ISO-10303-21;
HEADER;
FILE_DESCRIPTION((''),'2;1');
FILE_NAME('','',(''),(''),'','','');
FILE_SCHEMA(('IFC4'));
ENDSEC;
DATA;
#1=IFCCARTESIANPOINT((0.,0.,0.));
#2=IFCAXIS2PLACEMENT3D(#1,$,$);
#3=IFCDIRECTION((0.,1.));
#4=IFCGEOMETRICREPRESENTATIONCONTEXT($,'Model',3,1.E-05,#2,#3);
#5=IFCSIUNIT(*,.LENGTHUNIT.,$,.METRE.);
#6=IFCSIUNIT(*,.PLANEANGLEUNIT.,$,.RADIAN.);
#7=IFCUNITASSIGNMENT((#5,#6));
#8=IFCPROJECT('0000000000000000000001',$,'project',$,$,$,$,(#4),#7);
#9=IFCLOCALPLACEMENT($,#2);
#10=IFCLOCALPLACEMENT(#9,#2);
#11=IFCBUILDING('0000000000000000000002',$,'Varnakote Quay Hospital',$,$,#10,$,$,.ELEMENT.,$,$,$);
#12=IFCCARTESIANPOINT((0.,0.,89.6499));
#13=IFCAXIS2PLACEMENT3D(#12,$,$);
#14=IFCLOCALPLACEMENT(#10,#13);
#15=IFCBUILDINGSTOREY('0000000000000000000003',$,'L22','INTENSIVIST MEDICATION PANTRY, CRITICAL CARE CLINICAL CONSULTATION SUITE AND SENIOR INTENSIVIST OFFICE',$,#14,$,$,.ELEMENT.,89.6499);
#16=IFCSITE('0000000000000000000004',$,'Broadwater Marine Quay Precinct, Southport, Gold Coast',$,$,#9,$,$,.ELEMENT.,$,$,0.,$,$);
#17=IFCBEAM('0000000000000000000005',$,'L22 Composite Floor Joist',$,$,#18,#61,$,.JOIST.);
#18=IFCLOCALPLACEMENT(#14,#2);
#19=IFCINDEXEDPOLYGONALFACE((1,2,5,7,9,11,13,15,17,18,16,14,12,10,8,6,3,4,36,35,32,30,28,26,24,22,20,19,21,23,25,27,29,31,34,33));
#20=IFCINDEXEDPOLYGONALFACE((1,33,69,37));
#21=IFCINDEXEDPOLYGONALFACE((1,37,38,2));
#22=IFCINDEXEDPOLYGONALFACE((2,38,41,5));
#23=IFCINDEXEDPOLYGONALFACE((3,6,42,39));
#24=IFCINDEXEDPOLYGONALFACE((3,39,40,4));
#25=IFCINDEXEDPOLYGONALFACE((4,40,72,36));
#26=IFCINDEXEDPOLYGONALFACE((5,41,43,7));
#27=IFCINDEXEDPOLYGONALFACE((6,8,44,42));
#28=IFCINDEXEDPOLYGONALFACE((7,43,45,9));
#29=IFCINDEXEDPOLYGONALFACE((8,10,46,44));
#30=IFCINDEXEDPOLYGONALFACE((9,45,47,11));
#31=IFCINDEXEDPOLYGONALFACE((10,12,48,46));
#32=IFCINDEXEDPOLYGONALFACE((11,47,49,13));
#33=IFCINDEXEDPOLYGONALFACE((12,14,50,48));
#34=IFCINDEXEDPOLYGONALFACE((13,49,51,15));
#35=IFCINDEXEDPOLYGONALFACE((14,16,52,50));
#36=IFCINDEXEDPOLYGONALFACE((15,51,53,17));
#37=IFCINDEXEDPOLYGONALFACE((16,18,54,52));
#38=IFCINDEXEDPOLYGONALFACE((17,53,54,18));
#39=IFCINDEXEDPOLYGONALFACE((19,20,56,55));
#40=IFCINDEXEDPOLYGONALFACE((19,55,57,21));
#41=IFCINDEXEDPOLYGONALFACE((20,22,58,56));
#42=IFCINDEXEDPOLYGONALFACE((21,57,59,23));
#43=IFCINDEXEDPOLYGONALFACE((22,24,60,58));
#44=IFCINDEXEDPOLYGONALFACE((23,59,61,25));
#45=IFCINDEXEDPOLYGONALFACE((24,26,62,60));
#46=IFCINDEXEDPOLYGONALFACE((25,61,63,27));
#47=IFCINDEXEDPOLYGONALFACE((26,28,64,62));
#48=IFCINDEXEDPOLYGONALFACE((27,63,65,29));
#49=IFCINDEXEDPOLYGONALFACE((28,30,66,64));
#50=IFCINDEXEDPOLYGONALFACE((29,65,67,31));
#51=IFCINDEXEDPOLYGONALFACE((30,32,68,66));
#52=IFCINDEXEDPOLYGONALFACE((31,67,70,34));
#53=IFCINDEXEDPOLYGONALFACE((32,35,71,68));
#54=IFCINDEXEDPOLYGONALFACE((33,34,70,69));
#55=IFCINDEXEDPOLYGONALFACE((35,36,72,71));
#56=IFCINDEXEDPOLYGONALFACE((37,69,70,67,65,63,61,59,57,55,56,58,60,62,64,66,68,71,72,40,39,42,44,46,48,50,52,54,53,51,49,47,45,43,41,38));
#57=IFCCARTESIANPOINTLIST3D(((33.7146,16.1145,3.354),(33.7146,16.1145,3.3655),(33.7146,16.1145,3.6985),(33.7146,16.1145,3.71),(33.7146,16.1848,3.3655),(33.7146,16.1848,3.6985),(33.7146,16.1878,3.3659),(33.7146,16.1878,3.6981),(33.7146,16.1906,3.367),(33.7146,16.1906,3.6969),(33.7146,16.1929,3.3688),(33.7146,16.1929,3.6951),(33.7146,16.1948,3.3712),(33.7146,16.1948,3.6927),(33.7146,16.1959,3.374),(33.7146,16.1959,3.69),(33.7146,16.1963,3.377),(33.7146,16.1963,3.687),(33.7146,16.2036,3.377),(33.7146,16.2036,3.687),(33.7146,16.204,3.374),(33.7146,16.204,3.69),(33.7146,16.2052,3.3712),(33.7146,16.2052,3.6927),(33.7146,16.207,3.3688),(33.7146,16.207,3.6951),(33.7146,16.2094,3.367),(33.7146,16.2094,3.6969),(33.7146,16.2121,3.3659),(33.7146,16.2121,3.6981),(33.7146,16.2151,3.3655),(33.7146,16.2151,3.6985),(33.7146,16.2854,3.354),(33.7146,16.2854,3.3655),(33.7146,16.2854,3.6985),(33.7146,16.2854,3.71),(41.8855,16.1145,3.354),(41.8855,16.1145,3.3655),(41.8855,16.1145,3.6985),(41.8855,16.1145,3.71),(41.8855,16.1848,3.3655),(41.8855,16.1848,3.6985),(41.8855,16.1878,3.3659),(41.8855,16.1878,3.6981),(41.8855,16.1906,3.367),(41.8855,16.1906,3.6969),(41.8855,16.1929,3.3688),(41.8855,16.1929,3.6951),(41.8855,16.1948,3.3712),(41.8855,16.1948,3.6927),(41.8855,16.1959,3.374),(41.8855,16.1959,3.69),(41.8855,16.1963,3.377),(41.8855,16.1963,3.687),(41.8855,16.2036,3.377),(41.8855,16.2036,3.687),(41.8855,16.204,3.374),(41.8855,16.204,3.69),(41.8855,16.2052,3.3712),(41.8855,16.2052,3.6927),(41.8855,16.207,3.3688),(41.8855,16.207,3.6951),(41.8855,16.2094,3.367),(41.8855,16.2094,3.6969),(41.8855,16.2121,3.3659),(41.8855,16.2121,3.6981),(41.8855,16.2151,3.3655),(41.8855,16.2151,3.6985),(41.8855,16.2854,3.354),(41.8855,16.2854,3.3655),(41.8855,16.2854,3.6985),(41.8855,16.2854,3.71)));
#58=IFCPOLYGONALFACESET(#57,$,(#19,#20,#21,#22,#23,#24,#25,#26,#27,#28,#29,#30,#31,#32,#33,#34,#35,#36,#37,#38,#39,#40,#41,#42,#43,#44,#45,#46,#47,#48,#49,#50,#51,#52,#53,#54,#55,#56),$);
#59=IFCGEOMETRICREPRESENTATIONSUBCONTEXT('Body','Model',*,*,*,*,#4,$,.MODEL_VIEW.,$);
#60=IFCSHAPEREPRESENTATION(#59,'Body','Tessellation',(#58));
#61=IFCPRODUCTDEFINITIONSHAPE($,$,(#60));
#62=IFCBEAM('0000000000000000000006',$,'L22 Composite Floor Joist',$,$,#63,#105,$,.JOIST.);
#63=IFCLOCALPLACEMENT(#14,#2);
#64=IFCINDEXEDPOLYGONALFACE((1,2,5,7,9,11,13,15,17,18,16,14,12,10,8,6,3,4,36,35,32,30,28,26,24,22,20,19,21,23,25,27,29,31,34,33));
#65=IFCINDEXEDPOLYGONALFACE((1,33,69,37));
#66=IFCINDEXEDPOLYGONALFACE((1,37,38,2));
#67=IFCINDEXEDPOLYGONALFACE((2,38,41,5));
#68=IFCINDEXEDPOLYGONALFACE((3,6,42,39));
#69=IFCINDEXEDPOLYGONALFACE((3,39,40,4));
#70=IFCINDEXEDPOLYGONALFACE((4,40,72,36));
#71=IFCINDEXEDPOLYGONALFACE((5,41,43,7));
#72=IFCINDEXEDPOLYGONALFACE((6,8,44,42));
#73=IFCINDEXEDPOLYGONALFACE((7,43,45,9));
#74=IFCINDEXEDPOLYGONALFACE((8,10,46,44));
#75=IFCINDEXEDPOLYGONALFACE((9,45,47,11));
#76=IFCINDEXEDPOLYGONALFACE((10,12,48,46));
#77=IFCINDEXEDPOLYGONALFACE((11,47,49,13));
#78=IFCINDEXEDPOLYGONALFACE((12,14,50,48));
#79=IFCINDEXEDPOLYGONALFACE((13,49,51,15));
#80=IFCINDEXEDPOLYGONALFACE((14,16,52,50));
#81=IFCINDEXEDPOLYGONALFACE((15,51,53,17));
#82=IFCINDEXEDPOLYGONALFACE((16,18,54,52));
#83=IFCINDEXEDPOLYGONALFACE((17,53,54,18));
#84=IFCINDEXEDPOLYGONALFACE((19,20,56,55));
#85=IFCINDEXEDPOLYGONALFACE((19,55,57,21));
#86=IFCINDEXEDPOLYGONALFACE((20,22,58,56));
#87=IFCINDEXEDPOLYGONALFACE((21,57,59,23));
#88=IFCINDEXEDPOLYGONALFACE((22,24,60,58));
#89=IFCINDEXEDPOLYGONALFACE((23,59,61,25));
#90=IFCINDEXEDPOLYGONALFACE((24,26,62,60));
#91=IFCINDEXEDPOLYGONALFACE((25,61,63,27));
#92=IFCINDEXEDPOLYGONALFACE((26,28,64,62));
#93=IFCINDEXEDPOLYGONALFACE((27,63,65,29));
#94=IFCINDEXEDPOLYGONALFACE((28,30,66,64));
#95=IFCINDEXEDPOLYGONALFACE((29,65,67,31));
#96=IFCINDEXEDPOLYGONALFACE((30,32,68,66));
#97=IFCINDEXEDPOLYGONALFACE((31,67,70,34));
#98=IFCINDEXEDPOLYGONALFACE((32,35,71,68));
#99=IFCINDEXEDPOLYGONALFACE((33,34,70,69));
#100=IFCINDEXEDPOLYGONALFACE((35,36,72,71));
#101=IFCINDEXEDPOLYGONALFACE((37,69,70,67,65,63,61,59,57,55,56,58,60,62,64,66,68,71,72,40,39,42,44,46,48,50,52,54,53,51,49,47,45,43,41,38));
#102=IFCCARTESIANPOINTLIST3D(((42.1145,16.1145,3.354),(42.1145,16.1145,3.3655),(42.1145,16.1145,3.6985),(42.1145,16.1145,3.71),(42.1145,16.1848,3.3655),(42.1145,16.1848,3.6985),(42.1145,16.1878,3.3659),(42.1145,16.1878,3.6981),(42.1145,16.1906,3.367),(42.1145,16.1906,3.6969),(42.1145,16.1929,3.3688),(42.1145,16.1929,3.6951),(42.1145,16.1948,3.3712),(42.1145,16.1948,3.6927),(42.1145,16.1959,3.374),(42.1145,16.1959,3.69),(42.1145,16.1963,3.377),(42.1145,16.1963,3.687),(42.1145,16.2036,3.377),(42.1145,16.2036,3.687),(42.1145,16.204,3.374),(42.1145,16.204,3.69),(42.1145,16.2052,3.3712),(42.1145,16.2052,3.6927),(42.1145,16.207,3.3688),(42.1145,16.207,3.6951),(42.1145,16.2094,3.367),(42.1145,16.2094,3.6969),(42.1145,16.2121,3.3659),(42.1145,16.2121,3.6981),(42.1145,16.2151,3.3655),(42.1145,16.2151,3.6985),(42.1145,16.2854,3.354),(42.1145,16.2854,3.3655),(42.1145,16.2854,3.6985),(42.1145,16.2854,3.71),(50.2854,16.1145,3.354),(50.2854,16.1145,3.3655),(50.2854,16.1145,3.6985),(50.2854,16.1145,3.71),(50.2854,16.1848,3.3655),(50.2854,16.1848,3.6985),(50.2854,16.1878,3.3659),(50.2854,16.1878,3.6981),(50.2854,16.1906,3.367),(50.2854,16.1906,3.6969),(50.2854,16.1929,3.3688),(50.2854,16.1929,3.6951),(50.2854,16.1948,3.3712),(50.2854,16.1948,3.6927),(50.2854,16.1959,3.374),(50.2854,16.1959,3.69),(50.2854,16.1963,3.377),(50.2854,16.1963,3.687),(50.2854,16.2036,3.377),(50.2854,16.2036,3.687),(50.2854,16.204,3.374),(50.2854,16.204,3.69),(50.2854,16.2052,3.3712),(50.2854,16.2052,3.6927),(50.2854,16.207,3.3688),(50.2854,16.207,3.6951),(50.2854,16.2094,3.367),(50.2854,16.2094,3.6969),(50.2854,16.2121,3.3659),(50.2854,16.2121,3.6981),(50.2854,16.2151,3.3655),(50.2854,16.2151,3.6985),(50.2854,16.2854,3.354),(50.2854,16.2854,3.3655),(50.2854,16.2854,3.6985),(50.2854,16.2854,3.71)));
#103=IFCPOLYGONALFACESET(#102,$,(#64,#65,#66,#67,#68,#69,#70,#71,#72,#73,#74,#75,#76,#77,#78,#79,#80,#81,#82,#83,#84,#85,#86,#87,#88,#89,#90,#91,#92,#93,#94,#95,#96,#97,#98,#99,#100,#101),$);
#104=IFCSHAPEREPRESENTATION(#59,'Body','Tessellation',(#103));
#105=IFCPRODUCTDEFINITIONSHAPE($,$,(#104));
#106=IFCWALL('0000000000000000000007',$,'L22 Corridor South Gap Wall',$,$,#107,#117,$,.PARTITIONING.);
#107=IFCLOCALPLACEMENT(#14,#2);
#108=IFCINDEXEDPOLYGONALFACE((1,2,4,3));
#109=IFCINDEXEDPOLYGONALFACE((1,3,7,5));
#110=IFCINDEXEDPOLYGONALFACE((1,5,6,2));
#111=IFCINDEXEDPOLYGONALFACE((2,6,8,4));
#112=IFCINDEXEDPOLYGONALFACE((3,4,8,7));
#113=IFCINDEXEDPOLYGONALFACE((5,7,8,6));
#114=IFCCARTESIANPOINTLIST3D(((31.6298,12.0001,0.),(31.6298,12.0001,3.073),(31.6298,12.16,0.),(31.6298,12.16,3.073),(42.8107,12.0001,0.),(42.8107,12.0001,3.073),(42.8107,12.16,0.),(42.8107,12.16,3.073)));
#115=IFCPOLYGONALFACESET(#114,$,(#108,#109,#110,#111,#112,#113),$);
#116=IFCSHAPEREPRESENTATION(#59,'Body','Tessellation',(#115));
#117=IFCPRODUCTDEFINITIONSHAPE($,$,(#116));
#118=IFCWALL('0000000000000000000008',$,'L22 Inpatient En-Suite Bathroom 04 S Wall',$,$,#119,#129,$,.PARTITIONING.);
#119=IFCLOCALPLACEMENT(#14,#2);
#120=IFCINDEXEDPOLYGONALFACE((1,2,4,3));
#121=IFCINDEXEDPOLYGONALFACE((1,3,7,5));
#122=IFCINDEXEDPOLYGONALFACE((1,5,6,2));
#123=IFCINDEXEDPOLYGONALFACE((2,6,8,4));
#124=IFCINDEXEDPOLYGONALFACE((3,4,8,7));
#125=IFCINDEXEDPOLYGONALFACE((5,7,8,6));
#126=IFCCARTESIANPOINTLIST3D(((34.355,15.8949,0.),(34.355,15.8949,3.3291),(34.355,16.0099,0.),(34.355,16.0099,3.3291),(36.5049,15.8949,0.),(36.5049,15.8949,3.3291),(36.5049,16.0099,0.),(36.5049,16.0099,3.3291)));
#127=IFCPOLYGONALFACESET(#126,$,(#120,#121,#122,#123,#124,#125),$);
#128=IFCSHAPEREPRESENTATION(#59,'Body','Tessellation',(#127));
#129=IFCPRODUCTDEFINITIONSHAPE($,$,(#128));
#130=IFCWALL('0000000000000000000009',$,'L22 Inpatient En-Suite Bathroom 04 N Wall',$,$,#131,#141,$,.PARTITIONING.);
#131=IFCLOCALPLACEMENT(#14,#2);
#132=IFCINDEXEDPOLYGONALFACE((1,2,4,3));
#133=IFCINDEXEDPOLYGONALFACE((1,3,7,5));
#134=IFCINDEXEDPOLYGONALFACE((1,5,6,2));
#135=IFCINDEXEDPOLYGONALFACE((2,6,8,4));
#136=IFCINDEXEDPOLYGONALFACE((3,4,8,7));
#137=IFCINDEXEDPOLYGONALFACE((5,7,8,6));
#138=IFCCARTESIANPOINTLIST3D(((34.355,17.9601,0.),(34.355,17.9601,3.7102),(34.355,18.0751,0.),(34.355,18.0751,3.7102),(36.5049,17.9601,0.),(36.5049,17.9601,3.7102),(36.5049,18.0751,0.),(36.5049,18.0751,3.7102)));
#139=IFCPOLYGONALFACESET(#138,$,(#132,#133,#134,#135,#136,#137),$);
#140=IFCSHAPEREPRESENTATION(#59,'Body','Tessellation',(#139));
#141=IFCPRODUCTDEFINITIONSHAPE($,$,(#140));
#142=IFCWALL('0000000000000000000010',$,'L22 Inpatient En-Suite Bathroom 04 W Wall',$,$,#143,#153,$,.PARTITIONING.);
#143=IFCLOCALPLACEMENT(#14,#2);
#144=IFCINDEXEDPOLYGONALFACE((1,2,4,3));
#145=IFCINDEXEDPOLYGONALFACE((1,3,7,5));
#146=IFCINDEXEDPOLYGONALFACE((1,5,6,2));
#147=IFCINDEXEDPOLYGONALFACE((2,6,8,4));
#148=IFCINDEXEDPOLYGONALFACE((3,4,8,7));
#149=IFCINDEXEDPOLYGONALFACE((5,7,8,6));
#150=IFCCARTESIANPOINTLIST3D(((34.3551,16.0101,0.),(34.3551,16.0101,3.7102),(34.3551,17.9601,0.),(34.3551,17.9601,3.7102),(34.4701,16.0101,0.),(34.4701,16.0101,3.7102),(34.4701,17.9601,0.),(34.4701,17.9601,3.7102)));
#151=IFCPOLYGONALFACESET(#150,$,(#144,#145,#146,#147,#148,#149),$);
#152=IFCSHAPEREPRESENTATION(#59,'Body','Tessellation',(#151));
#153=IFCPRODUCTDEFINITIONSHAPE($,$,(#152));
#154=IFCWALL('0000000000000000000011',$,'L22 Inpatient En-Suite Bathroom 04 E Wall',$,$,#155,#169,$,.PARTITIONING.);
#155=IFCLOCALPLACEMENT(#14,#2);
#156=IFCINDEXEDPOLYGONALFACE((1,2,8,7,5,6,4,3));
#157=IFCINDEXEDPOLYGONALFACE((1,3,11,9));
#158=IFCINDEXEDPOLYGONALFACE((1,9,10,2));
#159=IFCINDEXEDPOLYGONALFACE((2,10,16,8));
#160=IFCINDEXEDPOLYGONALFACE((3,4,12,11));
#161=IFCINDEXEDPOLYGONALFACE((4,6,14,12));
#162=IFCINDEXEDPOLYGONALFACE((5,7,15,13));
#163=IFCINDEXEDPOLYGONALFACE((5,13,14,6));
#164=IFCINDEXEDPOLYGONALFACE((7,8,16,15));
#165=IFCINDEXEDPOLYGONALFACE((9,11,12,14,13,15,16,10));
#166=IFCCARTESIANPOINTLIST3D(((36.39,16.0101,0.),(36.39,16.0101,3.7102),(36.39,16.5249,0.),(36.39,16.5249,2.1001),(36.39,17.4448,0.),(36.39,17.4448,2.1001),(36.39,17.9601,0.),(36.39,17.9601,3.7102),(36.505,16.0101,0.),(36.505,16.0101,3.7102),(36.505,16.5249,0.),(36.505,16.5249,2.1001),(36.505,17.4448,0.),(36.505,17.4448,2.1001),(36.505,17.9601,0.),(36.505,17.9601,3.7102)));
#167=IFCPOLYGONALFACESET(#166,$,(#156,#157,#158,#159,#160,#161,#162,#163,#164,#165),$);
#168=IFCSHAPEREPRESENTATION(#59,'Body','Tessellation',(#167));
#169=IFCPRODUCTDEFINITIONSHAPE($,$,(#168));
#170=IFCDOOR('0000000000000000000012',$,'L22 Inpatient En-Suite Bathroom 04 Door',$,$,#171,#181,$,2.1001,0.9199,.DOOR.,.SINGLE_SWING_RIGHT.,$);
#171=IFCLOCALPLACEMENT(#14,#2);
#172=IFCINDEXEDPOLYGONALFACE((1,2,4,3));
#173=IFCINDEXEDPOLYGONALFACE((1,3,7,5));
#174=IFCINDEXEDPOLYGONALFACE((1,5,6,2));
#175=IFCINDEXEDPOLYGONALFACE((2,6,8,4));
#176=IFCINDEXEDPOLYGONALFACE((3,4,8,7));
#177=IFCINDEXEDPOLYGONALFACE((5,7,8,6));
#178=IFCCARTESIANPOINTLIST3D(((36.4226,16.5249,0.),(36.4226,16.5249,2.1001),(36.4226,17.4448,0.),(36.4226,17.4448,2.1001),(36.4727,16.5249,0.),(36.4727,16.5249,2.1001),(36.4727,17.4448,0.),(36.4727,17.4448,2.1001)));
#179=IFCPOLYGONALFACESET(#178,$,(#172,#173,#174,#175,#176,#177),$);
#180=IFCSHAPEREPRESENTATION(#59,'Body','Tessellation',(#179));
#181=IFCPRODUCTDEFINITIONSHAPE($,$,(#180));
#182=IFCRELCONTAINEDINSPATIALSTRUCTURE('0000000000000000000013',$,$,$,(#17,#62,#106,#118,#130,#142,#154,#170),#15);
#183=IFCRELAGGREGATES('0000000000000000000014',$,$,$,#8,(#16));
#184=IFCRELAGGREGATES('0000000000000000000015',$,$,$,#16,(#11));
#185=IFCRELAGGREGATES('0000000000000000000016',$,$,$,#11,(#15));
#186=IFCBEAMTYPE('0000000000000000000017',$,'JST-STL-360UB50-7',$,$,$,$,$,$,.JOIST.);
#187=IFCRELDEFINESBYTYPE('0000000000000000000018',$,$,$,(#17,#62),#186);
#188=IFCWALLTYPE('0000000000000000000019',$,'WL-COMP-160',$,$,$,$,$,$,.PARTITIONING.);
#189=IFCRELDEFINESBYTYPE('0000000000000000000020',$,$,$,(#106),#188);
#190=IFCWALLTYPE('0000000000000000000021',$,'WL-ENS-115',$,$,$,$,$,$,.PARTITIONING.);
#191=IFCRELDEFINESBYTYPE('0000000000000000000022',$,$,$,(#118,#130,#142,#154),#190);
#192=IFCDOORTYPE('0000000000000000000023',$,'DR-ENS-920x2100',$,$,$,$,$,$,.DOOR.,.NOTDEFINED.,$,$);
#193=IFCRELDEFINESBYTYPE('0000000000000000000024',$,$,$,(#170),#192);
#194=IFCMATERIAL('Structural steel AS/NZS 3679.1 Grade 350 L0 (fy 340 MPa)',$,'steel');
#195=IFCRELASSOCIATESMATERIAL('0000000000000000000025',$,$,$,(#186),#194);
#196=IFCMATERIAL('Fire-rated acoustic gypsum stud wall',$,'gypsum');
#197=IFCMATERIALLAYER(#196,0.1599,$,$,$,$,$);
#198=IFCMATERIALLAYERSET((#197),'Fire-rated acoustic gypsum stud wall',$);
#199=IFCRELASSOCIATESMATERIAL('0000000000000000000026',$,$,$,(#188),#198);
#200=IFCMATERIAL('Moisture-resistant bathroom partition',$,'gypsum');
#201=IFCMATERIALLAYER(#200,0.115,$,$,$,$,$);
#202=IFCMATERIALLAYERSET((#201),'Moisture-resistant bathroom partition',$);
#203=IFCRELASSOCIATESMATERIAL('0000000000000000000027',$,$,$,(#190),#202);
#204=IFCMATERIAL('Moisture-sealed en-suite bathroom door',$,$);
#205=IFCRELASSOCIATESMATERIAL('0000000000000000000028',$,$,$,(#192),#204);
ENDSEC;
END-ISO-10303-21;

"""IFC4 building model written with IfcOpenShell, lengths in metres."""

from ifc_helpers import new_model, si_unit, direction, frame, frame_2d, origin, origin_2d, place, context, subcontext, project, spatial, rectangle, i_section, extrude, material, layer, layer_set, material_profile, profile_set, type_object, element, fill, save


model = new_model("IFC4")

# Units and contexts
model_context = context("Model", 3, precision=1e-05, world=origin(), true_north=direction((0.0, 1.0)))
body_context = subcontext(model_context, "Body", "Model", "MODEL_VIEW")
ifc_project = project(units=[si_unit("LENGTHUNIT", "METRE"), si_unit("PLANEANGLEUNIT", "RADIAN")], contexts=[model_context])

# Site, building, storey
site_placement = place(None, origin())
site = spatial("IfcSite", under=ifc_project, at=site_placement, Name="Broadwater Marine Quay Precinct, Southport, Gold Coast", CompositionType="ELEMENT", RefElevation=0.0)
building_placement = place(site_placement, origin())
building = spatial("IfcBuilding", under=site, at=building_placement, Name="Varnakote Quay Hospital", CompositionType="ELEMENT")
storey_placement = place(building_placement, frame((0.0, 0.0, 89.6499)))
storey = spatial("IfcBuildingStorey", under=building, at=storey_placement, Name="L22", Description="INTENSIVIST MEDICATION PANTRY, CRITICAL CARE CLINICAL CONSULTATION SUITE AND SENIOR INTENSIVIST OFFICE", CompositionType="ELEMENT", Elevation=89.6499)

# Beams
ifc_material_1 = material(Name="Structural steel AS/NZS 3679.1 Grade 350 L0 (fy 340 MPa)", Category="steel")
ifc_material_profile_1 = material_profile(ifc_material_1, i_section(OverallWidth=0.1709, OverallDepth=0.356, WebThickness=0.0073, FlangeThickness=0.0115, FilletRadius=0.0115, at=origin_2d()), Name="360UB50.7")
ifc_profile_set_1 = profile_set([ifc_material_profile_1], Name="Structural steel AS/NZS 3679.1 Grade 350 L0 (fy 340 MPa)")
beam_type_1 = type_object("IfcBeamType", Name="JST-STL-360UB50-7", PredefinedType="JOIST", material=ifc_profile_set_1)
for number, where, z_axis, x_axis, name in (
    (1, (33.7146, 16.2, 3.532), (1.0, 0.0, 0.0), (0.0, 1.0, 0.0), "L22 Composite Floor Joist"),
    (2, (42.1145, 16.2, 3.532), (1.0, 0.0, 0.0), (0.0, 1.0, 0.0), "L22 Composite Floor Joist"),
):
    element("IfcBeam", number, at=place(storey_placement, frame(where, z_axis=z_axis, x_axis=x_axis)), inside=storey, type_object=beam_type_1, Name=name, PredefinedType="JOIST", context=body_context, shape_type="SweptSolid", body=[
        extrude(i_section(OverallWidth=0.1709, OverallDepth=0.356, WebThickness=0.0073, FlangeThickness=0.0115, FilletRadius=0.0115, at=origin_2d()), origin(), (0.0, 0.0, 1.0), 8.1709),
    ])

# Walls
ifc_material_2 = material(Name="Fire-rated acoustic gypsum stud wall", Category="gypsum")
ifc_layer_1 = layer(ifc_material_2, 0.1599)
ifc_layer_set_1 = layer_set([ifc_layer_1], Name="Fire-rated acoustic gypsum stud wall")
wall_type_1 = type_object("IfcWallType", Name="WL-COMP-160", PredefinedType="PARTITIONING", material=ifc_layer_set_1)
wall_1_placement = place(storey_placement, frame((31.6299, 12.0801, 0.0), z_axis=(0.0, 0.0, 1.0), x_axis=(1.0, 0.0, 0.0)))
element("IfcWall", 3, at=wall_1_placement, inside=storey, type_object=wall_type_1, Name="L22 Corridor South Gap Wall", PredefinedType="PARTITIONING", context=body_context, shape_type="SweptSolid", body=[
    extrude(rectangle(XDim=11.1809, YDim=0.1599, at=frame_2d((5.5903, 0.0))), origin(), (0.0, 0.0, 1.0), 3.073),
])
ifc_material_3 = material(Name="Moisture-resistant bathroom partition", Category="gypsum")
ifc_layer_2 = layer(ifc_material_3, 0.115)
ifc_layer_set_2 = layer_set([ifc_layer_2], Name="Moisture-resistant bathroom partition")
wall_type_2 = type_object("IfcWallType", Name="WL-ENS-115", PredefinedType="PARTITIONING", material=ifc_layer_set_2)
wall_2_placement = place(storey_placement, frame((34.355, 15.9524, 0.0), z_axis=(0.0, 0.0, 1.0), x_axis=(1.0, 0.0, 0.0)))
element("IfcWall", 4, at=wall_2_placement, inside=storey, type_object=wall_type_2, Name="L22 Inpatient En-Suite Bathroom 04 S Wall", PredefinedType="PARTITIONING", context=body_context, shape_type="SweptSolid", body=[
    extrude(rectangle(XDim=2.1499, YDim=0.115, at=frame_2d((1.075, 0.0))), origin(), (0.0, 0.0, 1.0), 3.3291),
])
wall_3_placement = place(storey_placement, frame((34.355, 18.0176, 0.0), z_axis=(0.0, 0.0, 1.0), x_axis=(1.0, 0.0, 0.0)))
element("IfcWall", 5, at=wall_3_placement, inside=storey, type_object=wall_type_2, Name="L22 Inpatient En-Suite Bathroom 04 N Wall", PredefinedType="PARTITIONING", context=body_context, shape_type="SweptSolid", body=[
    extrude(rectangle(XDim=2.1499, YDim=0.115, at=frame_2d((1.075, 0.0))), origin(), (0.0, 0.0, 1.0), 3.7102),
])
wall_4_placement = place(storey_placement, frame((34.4126, 16.01, 0.0), z_axis=(0.0, 0.0, 1.0), x_axis=(0.0, 1.0, 0.0)))
element("IfcWall", 6, at=wall_4_placement, inside=storey, type_object=wall_type_2, Name="L22 Inpatient En-Suite Bathroom 04 W Wall", PredefinedType="PARTITIONING", context=body_context, shape_type="SweptSolid", body=[
    extrude(rectangle(XDim=1.95, YDim=0.115, at=frame_2d((0.9751, 0.0))), origin(), (0.0, 0.0, 1.0), 3.7102),
])

# Wall, opening, door
wall_5_placement = place(storey_placement, frame((36.4475, 16.01, 0.0), z_axis=(0.0, 0.0, 1.0), x_axis=(0.0, 1.0, 0.0)))
wall_5 = element("IfcWall", 7, at=wall_5_placement, inside=storey, type_object=wall_type_2, Name="L22 Inpatient En-Suite Bathroom 04 E Wall", PredefinedType="PARTITIONING", context=body_context, shape_type="SweptSolid", body=[
    extrude(rectangle(XDim=1.95, YDim=0.115, at=frame_2d((0.9751, 0.0))), origin(), (0.0, 0.0, 1.0), 3.7102),
])
opening_1_placement = place(wall_5_placement, frame((0.5149, 0.0, 0.0)))
opening_1 = element("IfcOpeningElement", 8, at=opening_1_placement, cuts=wall_5, PredefinedType="OPENING", context=body_context, shape_type="SweptSolid", body=[
    extrude(rectangle(XDim=0.9199, YDim=2.1001, at=frame_2d((0.46, 1.05))), frame((0.0, 0.0674, 0.0), z_axis=(0.0, -1.0, 0.0), x_axis=(1.0, 0.0, 0.0)), (0.0, 0.0, 1.0), 0.135),
])
ifc_material_4 = material(Name="Moisture-sealed en-suite bathroom door")
door_type_1 = type_object("IfcDoorType", Name="DR-ENS-920x2100", OperationType="NOTDEFINED", PredefinedType="DOOR", material=ifc_material_4)
door_1_placement = place(opening_1_placement, origin())
door_1 = element("IfcDoor", 9, at=door_1_placement, inside=storey, type_object=door_type_1, Name="L22 Inpatient En-Suite Bathroom 04 Door", OperationType="SINGLE_SWING_RIGHT", OverallHeight=2.1001, OverallWidth=0.9199, PredefinedType="DOOR", context=body_context, shape_type="SweptSolid", body=[
    extrude(rectangle(XDim=0.9199, YDim=2.1001, at=frame_2d((0.46, 1.05))), frame((0.0, 0.0249, 0.0), z_axis=(0.0, -1.0, 0.0), x_axis=(1.0, 0.0, 0.0)), (0.0, 0.0, 1.0), 0.05),
])
fill(opening_1, door_1)

save(model, "model.ifc")
